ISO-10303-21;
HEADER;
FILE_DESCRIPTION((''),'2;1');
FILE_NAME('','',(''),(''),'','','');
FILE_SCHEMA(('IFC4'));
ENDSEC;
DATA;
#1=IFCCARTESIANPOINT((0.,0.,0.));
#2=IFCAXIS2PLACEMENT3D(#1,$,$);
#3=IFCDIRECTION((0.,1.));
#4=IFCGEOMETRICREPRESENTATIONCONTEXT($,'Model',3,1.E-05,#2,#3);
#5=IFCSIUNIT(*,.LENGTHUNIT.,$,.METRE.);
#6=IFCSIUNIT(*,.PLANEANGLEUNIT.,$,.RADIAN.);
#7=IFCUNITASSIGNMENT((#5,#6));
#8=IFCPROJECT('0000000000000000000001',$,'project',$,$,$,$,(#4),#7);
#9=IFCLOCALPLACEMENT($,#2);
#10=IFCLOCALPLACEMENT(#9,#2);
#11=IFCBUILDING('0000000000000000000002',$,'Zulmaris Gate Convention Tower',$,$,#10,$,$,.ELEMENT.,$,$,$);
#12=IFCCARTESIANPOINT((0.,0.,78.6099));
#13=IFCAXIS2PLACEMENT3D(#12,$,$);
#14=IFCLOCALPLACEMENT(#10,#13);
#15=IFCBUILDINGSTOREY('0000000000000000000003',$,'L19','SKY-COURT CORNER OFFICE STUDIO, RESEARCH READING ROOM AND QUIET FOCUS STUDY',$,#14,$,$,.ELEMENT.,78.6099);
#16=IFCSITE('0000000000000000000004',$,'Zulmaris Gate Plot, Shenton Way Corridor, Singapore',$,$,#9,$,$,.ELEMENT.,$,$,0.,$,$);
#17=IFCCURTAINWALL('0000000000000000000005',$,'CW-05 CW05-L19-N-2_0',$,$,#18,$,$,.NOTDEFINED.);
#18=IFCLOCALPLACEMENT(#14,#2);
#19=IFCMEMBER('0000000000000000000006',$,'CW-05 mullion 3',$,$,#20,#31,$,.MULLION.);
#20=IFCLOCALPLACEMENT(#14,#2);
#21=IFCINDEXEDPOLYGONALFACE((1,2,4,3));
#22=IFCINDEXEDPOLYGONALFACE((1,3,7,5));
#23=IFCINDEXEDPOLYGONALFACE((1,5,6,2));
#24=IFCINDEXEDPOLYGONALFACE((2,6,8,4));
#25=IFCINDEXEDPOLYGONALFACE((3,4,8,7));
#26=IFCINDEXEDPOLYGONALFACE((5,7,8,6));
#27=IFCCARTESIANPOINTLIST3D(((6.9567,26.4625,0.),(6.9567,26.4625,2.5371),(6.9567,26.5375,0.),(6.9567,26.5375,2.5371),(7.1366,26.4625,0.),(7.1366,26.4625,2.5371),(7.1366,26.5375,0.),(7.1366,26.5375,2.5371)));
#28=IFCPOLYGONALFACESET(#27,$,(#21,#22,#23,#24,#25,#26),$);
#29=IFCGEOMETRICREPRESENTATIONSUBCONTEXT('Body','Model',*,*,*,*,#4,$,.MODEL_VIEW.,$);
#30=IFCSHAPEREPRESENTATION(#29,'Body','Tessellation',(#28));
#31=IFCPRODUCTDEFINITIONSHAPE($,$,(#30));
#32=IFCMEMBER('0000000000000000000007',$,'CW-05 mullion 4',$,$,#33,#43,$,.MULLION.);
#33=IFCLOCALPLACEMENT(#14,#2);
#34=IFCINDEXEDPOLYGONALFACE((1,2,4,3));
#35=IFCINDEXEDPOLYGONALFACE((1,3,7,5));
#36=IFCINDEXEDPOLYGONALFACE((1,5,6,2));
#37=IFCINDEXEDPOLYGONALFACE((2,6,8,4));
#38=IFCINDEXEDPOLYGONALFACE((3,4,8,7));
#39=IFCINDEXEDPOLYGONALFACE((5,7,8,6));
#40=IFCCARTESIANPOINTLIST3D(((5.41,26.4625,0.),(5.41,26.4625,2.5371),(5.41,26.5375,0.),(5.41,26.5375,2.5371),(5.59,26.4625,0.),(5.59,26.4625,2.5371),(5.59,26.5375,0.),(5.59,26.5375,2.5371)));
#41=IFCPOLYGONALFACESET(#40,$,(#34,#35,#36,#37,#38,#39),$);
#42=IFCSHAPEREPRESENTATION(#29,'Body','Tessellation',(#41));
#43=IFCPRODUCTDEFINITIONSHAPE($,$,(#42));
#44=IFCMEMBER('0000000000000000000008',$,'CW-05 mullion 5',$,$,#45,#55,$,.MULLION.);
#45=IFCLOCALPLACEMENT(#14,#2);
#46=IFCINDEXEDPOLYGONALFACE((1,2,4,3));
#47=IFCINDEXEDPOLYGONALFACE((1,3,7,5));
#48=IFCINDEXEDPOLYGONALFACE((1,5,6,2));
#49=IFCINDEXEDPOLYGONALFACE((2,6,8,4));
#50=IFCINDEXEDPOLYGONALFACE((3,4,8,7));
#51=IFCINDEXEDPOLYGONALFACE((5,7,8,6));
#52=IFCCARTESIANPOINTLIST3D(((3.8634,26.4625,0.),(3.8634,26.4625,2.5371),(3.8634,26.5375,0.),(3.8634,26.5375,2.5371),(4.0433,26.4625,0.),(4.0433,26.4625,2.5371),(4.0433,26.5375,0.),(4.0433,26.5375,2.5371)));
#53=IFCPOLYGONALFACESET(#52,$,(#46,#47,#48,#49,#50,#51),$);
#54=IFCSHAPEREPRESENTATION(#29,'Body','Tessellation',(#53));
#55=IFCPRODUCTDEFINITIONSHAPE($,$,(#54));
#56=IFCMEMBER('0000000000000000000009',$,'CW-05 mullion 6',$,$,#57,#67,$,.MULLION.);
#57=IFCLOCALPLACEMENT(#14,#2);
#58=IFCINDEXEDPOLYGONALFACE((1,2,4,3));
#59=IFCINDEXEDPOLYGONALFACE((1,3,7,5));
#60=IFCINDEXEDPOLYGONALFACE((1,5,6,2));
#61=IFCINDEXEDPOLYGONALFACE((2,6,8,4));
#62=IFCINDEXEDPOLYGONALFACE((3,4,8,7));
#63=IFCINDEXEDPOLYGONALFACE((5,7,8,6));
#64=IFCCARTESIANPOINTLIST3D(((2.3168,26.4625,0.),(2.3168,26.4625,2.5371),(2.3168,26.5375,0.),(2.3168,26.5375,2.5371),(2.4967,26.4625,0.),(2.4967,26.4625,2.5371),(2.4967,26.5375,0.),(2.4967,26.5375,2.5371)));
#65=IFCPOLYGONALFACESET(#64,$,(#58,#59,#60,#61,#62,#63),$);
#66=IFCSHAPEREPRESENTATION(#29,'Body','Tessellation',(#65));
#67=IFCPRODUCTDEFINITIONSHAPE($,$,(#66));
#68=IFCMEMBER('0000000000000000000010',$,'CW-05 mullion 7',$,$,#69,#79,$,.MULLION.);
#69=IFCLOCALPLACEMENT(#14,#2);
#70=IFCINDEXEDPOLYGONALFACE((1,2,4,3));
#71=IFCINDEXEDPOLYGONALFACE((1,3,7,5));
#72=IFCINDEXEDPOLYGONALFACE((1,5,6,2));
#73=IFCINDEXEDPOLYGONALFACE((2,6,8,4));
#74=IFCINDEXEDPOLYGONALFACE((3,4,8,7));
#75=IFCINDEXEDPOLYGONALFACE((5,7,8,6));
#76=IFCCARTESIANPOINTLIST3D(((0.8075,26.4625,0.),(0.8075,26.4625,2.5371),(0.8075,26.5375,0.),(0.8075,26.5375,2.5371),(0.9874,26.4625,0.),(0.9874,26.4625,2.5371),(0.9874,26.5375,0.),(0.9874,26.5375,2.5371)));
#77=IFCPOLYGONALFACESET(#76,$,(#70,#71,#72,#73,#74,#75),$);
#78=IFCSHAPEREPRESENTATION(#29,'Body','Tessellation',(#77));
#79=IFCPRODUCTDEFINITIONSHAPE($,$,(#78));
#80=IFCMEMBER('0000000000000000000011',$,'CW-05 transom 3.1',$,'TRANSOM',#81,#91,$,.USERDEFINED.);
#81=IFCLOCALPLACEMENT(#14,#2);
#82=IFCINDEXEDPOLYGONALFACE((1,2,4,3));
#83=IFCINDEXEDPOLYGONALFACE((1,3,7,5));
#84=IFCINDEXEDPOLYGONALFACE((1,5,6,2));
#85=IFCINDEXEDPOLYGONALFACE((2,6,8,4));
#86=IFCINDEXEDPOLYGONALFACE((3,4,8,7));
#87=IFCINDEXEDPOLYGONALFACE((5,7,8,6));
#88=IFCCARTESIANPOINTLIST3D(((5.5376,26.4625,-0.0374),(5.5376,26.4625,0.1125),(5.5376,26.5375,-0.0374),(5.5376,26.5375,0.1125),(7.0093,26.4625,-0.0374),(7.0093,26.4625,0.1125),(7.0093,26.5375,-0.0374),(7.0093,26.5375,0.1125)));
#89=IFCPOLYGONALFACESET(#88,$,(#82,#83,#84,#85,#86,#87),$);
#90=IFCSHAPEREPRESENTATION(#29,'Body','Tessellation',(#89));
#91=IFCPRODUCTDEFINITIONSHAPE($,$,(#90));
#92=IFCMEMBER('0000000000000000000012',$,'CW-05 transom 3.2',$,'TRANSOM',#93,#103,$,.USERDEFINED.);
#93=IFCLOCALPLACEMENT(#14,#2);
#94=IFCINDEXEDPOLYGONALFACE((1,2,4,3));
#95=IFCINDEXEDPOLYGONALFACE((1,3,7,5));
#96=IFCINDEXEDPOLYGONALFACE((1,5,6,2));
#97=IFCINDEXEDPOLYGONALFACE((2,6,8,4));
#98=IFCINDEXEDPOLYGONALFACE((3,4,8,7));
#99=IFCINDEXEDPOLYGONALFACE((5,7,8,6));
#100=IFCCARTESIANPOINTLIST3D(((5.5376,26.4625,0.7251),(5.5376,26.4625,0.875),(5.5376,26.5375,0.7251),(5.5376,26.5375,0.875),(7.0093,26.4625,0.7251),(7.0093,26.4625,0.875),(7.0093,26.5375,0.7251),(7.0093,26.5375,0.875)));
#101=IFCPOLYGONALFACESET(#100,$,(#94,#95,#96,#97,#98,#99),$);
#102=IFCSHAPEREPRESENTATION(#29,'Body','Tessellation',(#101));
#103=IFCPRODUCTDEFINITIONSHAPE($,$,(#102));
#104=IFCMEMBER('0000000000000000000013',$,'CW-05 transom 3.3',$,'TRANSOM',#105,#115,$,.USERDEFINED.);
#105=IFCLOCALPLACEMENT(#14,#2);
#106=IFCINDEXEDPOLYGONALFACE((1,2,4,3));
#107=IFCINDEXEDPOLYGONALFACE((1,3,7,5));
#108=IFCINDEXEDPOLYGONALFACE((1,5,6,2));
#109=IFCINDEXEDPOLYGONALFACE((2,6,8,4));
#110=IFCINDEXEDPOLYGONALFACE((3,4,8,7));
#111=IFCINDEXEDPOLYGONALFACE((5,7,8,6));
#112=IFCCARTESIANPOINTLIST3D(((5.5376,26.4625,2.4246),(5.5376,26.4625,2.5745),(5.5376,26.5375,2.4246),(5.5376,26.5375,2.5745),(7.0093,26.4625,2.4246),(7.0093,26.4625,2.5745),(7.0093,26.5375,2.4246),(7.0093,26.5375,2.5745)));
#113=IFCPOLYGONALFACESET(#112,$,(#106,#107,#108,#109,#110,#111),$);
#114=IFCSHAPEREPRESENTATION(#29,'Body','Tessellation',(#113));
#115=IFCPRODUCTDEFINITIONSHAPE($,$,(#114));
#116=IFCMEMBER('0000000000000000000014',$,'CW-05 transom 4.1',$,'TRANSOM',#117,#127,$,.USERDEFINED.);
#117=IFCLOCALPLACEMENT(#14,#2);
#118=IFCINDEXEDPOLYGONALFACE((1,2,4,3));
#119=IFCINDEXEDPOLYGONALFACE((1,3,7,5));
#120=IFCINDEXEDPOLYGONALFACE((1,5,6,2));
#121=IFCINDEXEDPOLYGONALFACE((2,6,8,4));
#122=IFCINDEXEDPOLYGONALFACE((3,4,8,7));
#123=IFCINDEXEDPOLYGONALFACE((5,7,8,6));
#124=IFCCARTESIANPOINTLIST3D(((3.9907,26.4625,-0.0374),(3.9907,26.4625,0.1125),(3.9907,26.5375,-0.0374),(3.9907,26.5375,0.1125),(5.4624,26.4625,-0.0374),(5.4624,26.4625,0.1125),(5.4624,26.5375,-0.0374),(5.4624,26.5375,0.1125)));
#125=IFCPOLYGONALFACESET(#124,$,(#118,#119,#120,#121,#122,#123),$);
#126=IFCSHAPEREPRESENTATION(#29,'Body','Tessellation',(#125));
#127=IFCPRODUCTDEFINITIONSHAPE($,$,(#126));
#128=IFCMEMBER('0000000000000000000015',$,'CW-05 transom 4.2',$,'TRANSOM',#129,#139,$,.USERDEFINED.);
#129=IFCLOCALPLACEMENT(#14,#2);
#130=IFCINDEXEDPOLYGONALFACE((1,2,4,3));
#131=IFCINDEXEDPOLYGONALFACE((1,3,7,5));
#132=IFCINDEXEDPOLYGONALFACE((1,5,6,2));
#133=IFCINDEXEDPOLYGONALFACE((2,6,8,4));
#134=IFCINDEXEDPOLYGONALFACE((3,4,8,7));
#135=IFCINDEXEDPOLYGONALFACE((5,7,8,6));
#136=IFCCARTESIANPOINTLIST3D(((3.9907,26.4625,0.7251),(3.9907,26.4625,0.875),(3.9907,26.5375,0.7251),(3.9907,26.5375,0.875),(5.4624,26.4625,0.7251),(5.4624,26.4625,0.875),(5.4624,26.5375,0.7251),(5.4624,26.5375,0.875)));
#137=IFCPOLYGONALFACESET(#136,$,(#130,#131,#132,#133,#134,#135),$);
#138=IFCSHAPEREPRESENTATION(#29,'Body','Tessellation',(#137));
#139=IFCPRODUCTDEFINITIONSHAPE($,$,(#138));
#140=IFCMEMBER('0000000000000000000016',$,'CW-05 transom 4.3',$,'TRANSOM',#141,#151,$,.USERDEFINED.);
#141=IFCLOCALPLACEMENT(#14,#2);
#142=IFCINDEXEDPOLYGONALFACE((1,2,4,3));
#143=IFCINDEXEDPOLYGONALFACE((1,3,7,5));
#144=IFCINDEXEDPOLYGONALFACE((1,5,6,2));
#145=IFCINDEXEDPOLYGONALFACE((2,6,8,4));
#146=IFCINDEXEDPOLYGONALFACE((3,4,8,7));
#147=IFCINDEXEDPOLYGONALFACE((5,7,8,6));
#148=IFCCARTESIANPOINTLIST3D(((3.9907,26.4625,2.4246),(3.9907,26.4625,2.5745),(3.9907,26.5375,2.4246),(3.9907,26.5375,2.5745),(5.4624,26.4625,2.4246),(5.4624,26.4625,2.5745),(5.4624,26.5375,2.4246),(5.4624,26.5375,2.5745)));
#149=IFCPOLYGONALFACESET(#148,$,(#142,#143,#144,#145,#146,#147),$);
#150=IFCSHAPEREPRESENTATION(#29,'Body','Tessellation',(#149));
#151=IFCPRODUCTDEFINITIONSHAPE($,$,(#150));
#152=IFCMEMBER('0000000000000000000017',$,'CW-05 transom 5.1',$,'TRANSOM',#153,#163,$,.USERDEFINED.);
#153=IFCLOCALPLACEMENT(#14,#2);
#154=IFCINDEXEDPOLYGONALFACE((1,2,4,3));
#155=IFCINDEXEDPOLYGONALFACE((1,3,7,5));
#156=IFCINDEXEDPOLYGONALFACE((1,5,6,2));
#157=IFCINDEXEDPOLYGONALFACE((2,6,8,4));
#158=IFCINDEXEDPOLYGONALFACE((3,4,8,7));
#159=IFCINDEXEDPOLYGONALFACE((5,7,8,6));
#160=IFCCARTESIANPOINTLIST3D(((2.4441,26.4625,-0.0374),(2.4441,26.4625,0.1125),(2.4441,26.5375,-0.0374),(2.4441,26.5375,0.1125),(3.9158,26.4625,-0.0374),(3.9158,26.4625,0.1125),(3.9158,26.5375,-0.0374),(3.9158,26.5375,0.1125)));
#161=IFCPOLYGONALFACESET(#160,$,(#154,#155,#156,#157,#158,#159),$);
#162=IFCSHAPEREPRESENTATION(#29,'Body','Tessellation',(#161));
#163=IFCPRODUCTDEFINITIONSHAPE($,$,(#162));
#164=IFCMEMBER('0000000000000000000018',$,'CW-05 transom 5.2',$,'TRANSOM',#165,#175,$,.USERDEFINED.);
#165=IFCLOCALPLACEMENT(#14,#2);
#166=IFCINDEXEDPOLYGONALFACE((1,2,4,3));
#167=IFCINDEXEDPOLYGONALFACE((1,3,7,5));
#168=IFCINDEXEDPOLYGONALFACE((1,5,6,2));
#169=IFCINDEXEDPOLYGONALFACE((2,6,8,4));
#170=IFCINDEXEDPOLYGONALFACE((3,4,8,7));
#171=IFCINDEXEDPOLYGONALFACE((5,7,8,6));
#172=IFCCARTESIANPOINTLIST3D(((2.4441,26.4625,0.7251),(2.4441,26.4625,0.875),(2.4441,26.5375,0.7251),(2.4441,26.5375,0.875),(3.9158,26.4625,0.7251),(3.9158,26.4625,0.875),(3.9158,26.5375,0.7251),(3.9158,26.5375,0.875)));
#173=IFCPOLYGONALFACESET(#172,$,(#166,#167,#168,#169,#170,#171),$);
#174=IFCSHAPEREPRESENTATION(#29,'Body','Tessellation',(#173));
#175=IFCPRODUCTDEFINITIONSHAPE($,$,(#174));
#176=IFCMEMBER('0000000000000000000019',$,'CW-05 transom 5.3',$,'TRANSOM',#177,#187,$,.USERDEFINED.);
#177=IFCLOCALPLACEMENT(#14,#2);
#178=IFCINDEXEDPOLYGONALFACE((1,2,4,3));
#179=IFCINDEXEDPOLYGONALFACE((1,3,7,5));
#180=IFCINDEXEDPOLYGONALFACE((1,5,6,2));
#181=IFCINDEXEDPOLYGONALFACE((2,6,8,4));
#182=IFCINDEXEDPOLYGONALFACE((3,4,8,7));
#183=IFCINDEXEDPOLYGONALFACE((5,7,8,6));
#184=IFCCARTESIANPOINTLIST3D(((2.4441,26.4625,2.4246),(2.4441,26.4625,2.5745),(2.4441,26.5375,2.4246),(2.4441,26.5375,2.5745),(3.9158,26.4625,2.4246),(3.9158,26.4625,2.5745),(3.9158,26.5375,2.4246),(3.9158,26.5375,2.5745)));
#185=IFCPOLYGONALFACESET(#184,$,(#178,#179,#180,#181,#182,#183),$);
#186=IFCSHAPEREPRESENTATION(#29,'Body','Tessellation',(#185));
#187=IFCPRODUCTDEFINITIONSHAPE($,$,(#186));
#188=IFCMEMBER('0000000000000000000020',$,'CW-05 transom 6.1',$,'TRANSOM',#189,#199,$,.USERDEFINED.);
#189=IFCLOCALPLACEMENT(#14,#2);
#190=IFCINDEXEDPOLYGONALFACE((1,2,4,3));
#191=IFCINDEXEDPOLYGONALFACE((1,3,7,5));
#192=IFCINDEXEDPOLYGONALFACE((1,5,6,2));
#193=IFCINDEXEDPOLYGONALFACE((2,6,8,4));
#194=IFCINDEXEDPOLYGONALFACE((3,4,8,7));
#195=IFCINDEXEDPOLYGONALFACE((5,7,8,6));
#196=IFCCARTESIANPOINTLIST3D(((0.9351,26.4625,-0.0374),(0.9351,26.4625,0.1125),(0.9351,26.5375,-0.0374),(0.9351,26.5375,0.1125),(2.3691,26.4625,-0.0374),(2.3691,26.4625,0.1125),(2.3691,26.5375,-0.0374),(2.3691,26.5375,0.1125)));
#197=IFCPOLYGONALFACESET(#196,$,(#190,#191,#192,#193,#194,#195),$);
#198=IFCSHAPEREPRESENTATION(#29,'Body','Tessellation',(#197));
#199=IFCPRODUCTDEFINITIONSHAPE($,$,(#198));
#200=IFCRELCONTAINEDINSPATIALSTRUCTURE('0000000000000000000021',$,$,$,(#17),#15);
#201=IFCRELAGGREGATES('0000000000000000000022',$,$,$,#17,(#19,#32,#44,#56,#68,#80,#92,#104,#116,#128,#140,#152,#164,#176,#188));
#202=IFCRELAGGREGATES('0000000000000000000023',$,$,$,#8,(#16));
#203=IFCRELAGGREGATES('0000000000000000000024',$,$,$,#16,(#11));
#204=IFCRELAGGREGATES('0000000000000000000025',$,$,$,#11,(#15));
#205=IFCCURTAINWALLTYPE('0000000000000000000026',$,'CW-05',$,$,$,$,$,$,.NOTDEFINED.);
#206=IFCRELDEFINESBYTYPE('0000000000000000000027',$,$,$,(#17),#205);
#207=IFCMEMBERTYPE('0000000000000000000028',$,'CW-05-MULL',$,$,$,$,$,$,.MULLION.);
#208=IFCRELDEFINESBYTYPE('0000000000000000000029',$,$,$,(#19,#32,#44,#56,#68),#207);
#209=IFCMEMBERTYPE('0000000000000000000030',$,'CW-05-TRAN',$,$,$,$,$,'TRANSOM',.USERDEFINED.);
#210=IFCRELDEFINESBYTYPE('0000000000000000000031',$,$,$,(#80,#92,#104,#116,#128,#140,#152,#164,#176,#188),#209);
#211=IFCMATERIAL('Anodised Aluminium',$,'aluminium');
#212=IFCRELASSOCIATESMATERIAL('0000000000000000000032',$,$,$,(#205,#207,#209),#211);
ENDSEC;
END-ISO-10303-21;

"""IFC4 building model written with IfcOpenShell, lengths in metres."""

from ifc_helpers import new_model, si_unit, direction, frame, origin, origin_2d, place, context, subcontext, project, spatial, rectangle, extrude, material, material_profile, profile_set, type_object, element, aggregate, save


model = new_model("IFC4")

# Units and contexts
model_context = context("Model", 3, precision=1e-05, world=origin(), true_north=direction((0.0, 1.0)))
body_context = subcontext(model_context, "Body", "Model", "MODEL_VIEW")
ifc_project = project(units=[si_unit("LENGTHUNIT", "METRE"), si_unit("PLANEANGLEUNIT", "RADIAN")], contexts=[model_context])

# Site, building, storey
site_placement = place(None, origin())
site = spatial("IfcSite", under=ifc_project, at=site_placement, Name="Zulmaris Gate Plot, Shenton Way Corridor, Singapore", CompositionType="ELEMENT", RefElevation=0.0)
building_placement = place(site_placement, origin())
building = spatial("IfcBuilding", under=site, at=building_placement, Name="Zulmaris Gate Convention Tower", CompositionType="ELEMENT")
storey_placement = place(building_placement, frame((0.0, 0.0, 78.6099)))
storey = spatial("IfcBuildingStorey", under=building, at=storey_placement, Name="L19", Description="SKY-COURT CORNER OFFICE STUDIO, RESEARCH READING ROOM AND QUIET FOCUS STUDY", CompositionType="ELEMENT", Elevation=78.6099)

# Curtain wall, members
ifc_material_1 = material(Name="Anodised Aluminium", Category="aluminium")
curtain_wall_type = type_object("IfcCurtainWallType", Name="CW-05", PredefinedType="NOTDEFINED", material=ifc_material_1)
curtain_wall_placement = place(storey_placement, origin())
curtain_wall = element("IfcCurtainWall", 1, at=curtain_wall_placement, inside=storey, type_object=curtain_wall_type, Name="CW-05 CW05-L19-N-2_0", PredefinedType="NOTDEFINED")
ifc_material_profile_1 = material_profile(ifc_material_1, rectangle(XDim=0.075, YDim=0.1799, at=origin_2d()), Name="ALU MULLION 75x180")
ifc_profile_set_1 = profile_set([ifc_material_profile_1], Name="Anodised Aluminium")
member_type_1 = type_object("IfcMemberType", Name="CW-05-MULL", PredefinedType="MULLION", material=ifc_profile_set_1)
member_1_placement = place(storey_placement, frame((7.0466, 26.5, 0.0), z_axis=(0.0, 0.0, 1.0), x_axis=(0.0, -1.0, 0.0)))
member_1 = element("IfcMember", 2, at=member_1_placement, type_object=member_type_1, Name="CW-05 mullion 3", PredefinedType="MULLION", context=body_context, shape_type="SweptSolid", body=[
    extrude(rectangle(XDim=0.075, YDim=0.1799, at=origin_2d()), origin(), (0.0, 0.0, 1.0), 2.5371),
])
member_2_placement = place(storey_placement, frame((5.5, 26.5, 0.0), z_axis=(0.0, 0.0, 1.0), x_axis=(0.0, -1.0, 0.0)))
member_2 = element("IfcMember", 3, at=member_2_placement, type_object=member_type_1, Name="CW-05 mullion 4", PredefinedType="MULLION", context=body_context, shape_type="SweptSolid", body=[
    extrude(rectangle(XDim=0.075, YDim=0.1799, at=origin_2d()), origin(), (0.0, 0.0, 1.0), 2.5371),
])
member_3_placement = place(storey_placement, frame((3.9534, 26.5, 0.0), z_axis=(0.0, 0.0, 1.0), x_axis=(0.0, -1.0, 0.0)))
member_3 = element("IfcMember", 4, at=member_3_placement, type_object=member_type_1, Name="CW-05 mullion 5", PredefinedType="MULLION", context=body_context, shape_type="SweptSolid", body=[
    extrude(rectangle(XDim=0.075, YDim=0.1799, at=origin_2d()), origin(), (0.0, 0.0, 1.0), 2.5371),
])
member_4_placement = place(storey_placement, frame((2.4067, 26.5, 0.0), z_axis=(0.0, 0.0, 1.0), x_axis=(0.0, -1.0, 0.0)))
member_4 = element("IfcMember", 5, at=member_4_placement, type_object=member_type_1, Name="CW-05 mullion 6", PredefinedType="MULLION", context=body_context, shape_type="SweptSolid", body=[
    extrude(rectangle(XDim=0.075, YDim=0.1799, at=origin_2d()), origin(), (0.0, 0.0, 1.0), 2.5371),
])
member_5_placement = place(storey_placement, frame((0.8975, 26.5, 0.0), z_axis=(0.0, 0.0, 1.0), x_axis=(0.0, -1.0, 0.0)))
member_5 = element("IfcMember", 6, at=member_5_placement, type_object=member_type_1, Name="CW-05 mullion 7", PredefinedType="MULLION", context=body_context, shape_type="SweptSolid", body=[
    extrude(rectangle(XDim=0.075, YDim=0.1799, at=origin_2d()), origin(), (0.0, 0.0, 1.0), 2.5371),
])
ifc_material_profile_2 = material_profile(ifc_material_1, rectangle(XDim=0.075, YDim=0.1499, at=origin_2d()), Name="ALU TRANSOM 75x150")
ifc_profile_set_2 = profile_set([ifc_material_profile_2], Name="Anodised Aluminium")
member_type_2 = type_object("IfcMemberType", Name="CW-05-TRAN", ElementType="TRANSOM", PredefinedType="USERDEFINED", material=ifc_profile_set_2)
member_6_placement = place(storey_placement, frame((7.0093, 26.5, 0.0376), z_axis=(-1.0, 0.0, 0.0), x_axis=(0.0, -1.0, 0.0)))
member_6 = element("IfcMember", 7, at=member_6_placement, type_object=member_type_2, Name="CW-05 transom 3.1", ObjectType="TRANSOM", PredefinedType="USERDEFINED", context=body_context, shape_type="SweptSolid", body=[
    extrude(rectangle(XDim=0.075, YDim=0.1499, at=origin_2d()), origin(), (0.0, 0.0, 1.0), 1.4717),
])
member_7_placement = place(storey_placement, frame((7.0093, 26.5, 0.8), z_axis=(-1.0, 0.0, 0.0), x_axis=(0.0, -1.0, 0.0)))
member_7 = element("IfcMember", 8, at=member_7_placement, type_object=member_type_2, Name="CW-05 transom 3.2", ObjectType="TRANSOM", PredefinedType="USERDEFINED", context=body_context, shape_type="SweptSolid", body=[
    extrude(rectangle(XDim=0.075, YDim=0.1499, at=origin_2d()), origin(), (0.0, 0.0, 1.0), 1.4717),
])
member_8_placement = place(storey_placement, frame((7.0093, 26.5, 2.4995), z_axis=(-1.0, 0.0, 0.0), x_axis=(0.0, -1.0, 0.0)))
member_8 = element("IfcMember", 9, at=member_8_placement, type_object=member_type_2, Name="CW-05 transom 3.3", ObjectType="TRANSOM", PredefinedType="USERDEFINED", context=body_context, shape_type="SweptSolid", body=[
    extrude(rectangle(XDim=0.075, YDim=0.1499, at=origin_2d()), origin(), (0.0, 0.0, 1.0), 1.4717),
])
member_9_placement = place(storey_placement, frame((5.4624, 26.5, 0.0376), z_axis=(-1.0, 0.0, 0.0), x_axis=(0.0, -1.0, 0.0)))
member_9 = element("IfcMember", 10, at=member_9_placement, type_object=member_type_2, Name="CW-05 transom 4.1", ObjectType="TRANSOM", PredefinedType="USERDEFINED", context=body_context, shape_type="SweptSolid", body=[
    extrude(rectangle(XDim=0.075, YDim=0.1499, at=origin_2d()), origin(), (0.0, 0.0, 1.0), 1.4717),
])
member_10_placement = place(storey_placement, frame((5.4624, 26.5, 0.8), z_axis=(-1.0, 0.0, 0.0), x_axis=(0.0, -1.0, 0.0)))
member_10 = element("IfcMember", 11, at=member_10_placement, type_object=member_type_2, Name="CW-05 transom 4.2", ObjectType="TRANSOM", PredefinedType="USERDEFINED", context=body_context, shape_type="SweptSolid", body=[
    extrude(rectangle(XDim=0.075, YDim=0.1499, at=origin_2d()), origin(), (0.0, 0.0, 1.0), 1.4717),
])
member_11_placement = place(storey_placement, frame((5.4624, 26.5, 2.4995), z_axis=(-1.0, 0.0, 0.0), x_axis=(0.0, -1.0, 0.0)))
member_11 = element("IfcMember", 12, at=member_11_placement, type_object=member_type_2, Name="CW-05 transom 4.3", ObjectType="TRANSOM", PredefinedType="USERDEFINED", context=body_context, shape_type="SweptSolid", body=[
    extrude(rectangle(XDim=0.075, YDim=0.1499, at=origin_2d()), origin(), (0.0, 0.0, 1.0), 1.4717),
])
member_12_placement = place(storey_placement, frame((3.9158, 26.5, 0.0376), z_axis=(-1.0, 0.0, 0.0), x_axis=(0.0, -1.0, 0.0)))
member_12 = element("IfcMember", 13, at=member_12_placement, type_object=member_type_2, Name="CW-05 transom 5.1", ObjectType="TRANSOM", PredefinedType="USERDEFINED", context=body_context, shape_type="SweptSolid", body=[
    extrude(rectangle(XDim=0.075, YDim=0.1499, at=origin_2d()), origin(), (0.0, 0.0, 1.0), 1.4717),
])
member_13_placement = place(storey_placement, frame((3.9158, 26.5, 0.8), z_axis=(-1.0, 0.0, 0.0), x_axis=(0.0, -1.0, 0.0)))
member_13 = element("IfcMember", 14, at=member_13_placement, type_object=member_type_2, Name="CW-05 transom 5.2", ObjectType="TRANSOM", PredefinedType="USERDEFINED", context=body_context, shape_type="SweptSolid", body=[
    extrude(rectangle(XDim=0.075, YDim=0.1499, at=origin_2d()), origin(), (0.0, 0.0, 1.0), 1.4717),
])
member_14_placement = place(storey_placement, frame((3.9158, 26.5, 2.4995), z_axis=(-1.0, 0.0, 0.0), x_axis=(0.0, -1.0, 0.0)))
member_14 = element("IfcMember", 15, at=member_14_placement, type_object=member_type_2, Name="CW-05 transom 5.3", ObjectType="TRANSOM", PredefinedType="USERDEFINED", context=body_context, shape_type="SweptSolid", body=[
    extrude(rectangle(XDim=0.075, YDim=0.1499, at=origin_2d()), origin(), (0.0, 0.0, 1.0), 1.4717),
])
member_15_placement = place(storey_placement, frame((2.3691, 26.5, 0.0376), z_axis=(-1.0, 0.0, 0.0), x_axis=(0.0, -1.0, 0.0)))
member_15 = element("IfcMember", 16, at=member_15_placement, type_object=member_type_2, Name="CW-05 transom 6.1", ObjectType="TRANSOM", PredefinedType="USERDEFINED", context=body_context, shape_type="SweptSolid", body=[
    extrude(rectangle(XDim=0.075, YDim=0.1499, at=origin_2d()), origin(), (0.0, 0.0, 1.0), 1.4341),
])
aggregate(curtain_wall, [member_1, member_2, member_3, member_4, member_5, member_6, member_7, member_8, member_9, member_10, member_11, member_12, member_13, member_14, member_15])

save(model, "model.ifc")
